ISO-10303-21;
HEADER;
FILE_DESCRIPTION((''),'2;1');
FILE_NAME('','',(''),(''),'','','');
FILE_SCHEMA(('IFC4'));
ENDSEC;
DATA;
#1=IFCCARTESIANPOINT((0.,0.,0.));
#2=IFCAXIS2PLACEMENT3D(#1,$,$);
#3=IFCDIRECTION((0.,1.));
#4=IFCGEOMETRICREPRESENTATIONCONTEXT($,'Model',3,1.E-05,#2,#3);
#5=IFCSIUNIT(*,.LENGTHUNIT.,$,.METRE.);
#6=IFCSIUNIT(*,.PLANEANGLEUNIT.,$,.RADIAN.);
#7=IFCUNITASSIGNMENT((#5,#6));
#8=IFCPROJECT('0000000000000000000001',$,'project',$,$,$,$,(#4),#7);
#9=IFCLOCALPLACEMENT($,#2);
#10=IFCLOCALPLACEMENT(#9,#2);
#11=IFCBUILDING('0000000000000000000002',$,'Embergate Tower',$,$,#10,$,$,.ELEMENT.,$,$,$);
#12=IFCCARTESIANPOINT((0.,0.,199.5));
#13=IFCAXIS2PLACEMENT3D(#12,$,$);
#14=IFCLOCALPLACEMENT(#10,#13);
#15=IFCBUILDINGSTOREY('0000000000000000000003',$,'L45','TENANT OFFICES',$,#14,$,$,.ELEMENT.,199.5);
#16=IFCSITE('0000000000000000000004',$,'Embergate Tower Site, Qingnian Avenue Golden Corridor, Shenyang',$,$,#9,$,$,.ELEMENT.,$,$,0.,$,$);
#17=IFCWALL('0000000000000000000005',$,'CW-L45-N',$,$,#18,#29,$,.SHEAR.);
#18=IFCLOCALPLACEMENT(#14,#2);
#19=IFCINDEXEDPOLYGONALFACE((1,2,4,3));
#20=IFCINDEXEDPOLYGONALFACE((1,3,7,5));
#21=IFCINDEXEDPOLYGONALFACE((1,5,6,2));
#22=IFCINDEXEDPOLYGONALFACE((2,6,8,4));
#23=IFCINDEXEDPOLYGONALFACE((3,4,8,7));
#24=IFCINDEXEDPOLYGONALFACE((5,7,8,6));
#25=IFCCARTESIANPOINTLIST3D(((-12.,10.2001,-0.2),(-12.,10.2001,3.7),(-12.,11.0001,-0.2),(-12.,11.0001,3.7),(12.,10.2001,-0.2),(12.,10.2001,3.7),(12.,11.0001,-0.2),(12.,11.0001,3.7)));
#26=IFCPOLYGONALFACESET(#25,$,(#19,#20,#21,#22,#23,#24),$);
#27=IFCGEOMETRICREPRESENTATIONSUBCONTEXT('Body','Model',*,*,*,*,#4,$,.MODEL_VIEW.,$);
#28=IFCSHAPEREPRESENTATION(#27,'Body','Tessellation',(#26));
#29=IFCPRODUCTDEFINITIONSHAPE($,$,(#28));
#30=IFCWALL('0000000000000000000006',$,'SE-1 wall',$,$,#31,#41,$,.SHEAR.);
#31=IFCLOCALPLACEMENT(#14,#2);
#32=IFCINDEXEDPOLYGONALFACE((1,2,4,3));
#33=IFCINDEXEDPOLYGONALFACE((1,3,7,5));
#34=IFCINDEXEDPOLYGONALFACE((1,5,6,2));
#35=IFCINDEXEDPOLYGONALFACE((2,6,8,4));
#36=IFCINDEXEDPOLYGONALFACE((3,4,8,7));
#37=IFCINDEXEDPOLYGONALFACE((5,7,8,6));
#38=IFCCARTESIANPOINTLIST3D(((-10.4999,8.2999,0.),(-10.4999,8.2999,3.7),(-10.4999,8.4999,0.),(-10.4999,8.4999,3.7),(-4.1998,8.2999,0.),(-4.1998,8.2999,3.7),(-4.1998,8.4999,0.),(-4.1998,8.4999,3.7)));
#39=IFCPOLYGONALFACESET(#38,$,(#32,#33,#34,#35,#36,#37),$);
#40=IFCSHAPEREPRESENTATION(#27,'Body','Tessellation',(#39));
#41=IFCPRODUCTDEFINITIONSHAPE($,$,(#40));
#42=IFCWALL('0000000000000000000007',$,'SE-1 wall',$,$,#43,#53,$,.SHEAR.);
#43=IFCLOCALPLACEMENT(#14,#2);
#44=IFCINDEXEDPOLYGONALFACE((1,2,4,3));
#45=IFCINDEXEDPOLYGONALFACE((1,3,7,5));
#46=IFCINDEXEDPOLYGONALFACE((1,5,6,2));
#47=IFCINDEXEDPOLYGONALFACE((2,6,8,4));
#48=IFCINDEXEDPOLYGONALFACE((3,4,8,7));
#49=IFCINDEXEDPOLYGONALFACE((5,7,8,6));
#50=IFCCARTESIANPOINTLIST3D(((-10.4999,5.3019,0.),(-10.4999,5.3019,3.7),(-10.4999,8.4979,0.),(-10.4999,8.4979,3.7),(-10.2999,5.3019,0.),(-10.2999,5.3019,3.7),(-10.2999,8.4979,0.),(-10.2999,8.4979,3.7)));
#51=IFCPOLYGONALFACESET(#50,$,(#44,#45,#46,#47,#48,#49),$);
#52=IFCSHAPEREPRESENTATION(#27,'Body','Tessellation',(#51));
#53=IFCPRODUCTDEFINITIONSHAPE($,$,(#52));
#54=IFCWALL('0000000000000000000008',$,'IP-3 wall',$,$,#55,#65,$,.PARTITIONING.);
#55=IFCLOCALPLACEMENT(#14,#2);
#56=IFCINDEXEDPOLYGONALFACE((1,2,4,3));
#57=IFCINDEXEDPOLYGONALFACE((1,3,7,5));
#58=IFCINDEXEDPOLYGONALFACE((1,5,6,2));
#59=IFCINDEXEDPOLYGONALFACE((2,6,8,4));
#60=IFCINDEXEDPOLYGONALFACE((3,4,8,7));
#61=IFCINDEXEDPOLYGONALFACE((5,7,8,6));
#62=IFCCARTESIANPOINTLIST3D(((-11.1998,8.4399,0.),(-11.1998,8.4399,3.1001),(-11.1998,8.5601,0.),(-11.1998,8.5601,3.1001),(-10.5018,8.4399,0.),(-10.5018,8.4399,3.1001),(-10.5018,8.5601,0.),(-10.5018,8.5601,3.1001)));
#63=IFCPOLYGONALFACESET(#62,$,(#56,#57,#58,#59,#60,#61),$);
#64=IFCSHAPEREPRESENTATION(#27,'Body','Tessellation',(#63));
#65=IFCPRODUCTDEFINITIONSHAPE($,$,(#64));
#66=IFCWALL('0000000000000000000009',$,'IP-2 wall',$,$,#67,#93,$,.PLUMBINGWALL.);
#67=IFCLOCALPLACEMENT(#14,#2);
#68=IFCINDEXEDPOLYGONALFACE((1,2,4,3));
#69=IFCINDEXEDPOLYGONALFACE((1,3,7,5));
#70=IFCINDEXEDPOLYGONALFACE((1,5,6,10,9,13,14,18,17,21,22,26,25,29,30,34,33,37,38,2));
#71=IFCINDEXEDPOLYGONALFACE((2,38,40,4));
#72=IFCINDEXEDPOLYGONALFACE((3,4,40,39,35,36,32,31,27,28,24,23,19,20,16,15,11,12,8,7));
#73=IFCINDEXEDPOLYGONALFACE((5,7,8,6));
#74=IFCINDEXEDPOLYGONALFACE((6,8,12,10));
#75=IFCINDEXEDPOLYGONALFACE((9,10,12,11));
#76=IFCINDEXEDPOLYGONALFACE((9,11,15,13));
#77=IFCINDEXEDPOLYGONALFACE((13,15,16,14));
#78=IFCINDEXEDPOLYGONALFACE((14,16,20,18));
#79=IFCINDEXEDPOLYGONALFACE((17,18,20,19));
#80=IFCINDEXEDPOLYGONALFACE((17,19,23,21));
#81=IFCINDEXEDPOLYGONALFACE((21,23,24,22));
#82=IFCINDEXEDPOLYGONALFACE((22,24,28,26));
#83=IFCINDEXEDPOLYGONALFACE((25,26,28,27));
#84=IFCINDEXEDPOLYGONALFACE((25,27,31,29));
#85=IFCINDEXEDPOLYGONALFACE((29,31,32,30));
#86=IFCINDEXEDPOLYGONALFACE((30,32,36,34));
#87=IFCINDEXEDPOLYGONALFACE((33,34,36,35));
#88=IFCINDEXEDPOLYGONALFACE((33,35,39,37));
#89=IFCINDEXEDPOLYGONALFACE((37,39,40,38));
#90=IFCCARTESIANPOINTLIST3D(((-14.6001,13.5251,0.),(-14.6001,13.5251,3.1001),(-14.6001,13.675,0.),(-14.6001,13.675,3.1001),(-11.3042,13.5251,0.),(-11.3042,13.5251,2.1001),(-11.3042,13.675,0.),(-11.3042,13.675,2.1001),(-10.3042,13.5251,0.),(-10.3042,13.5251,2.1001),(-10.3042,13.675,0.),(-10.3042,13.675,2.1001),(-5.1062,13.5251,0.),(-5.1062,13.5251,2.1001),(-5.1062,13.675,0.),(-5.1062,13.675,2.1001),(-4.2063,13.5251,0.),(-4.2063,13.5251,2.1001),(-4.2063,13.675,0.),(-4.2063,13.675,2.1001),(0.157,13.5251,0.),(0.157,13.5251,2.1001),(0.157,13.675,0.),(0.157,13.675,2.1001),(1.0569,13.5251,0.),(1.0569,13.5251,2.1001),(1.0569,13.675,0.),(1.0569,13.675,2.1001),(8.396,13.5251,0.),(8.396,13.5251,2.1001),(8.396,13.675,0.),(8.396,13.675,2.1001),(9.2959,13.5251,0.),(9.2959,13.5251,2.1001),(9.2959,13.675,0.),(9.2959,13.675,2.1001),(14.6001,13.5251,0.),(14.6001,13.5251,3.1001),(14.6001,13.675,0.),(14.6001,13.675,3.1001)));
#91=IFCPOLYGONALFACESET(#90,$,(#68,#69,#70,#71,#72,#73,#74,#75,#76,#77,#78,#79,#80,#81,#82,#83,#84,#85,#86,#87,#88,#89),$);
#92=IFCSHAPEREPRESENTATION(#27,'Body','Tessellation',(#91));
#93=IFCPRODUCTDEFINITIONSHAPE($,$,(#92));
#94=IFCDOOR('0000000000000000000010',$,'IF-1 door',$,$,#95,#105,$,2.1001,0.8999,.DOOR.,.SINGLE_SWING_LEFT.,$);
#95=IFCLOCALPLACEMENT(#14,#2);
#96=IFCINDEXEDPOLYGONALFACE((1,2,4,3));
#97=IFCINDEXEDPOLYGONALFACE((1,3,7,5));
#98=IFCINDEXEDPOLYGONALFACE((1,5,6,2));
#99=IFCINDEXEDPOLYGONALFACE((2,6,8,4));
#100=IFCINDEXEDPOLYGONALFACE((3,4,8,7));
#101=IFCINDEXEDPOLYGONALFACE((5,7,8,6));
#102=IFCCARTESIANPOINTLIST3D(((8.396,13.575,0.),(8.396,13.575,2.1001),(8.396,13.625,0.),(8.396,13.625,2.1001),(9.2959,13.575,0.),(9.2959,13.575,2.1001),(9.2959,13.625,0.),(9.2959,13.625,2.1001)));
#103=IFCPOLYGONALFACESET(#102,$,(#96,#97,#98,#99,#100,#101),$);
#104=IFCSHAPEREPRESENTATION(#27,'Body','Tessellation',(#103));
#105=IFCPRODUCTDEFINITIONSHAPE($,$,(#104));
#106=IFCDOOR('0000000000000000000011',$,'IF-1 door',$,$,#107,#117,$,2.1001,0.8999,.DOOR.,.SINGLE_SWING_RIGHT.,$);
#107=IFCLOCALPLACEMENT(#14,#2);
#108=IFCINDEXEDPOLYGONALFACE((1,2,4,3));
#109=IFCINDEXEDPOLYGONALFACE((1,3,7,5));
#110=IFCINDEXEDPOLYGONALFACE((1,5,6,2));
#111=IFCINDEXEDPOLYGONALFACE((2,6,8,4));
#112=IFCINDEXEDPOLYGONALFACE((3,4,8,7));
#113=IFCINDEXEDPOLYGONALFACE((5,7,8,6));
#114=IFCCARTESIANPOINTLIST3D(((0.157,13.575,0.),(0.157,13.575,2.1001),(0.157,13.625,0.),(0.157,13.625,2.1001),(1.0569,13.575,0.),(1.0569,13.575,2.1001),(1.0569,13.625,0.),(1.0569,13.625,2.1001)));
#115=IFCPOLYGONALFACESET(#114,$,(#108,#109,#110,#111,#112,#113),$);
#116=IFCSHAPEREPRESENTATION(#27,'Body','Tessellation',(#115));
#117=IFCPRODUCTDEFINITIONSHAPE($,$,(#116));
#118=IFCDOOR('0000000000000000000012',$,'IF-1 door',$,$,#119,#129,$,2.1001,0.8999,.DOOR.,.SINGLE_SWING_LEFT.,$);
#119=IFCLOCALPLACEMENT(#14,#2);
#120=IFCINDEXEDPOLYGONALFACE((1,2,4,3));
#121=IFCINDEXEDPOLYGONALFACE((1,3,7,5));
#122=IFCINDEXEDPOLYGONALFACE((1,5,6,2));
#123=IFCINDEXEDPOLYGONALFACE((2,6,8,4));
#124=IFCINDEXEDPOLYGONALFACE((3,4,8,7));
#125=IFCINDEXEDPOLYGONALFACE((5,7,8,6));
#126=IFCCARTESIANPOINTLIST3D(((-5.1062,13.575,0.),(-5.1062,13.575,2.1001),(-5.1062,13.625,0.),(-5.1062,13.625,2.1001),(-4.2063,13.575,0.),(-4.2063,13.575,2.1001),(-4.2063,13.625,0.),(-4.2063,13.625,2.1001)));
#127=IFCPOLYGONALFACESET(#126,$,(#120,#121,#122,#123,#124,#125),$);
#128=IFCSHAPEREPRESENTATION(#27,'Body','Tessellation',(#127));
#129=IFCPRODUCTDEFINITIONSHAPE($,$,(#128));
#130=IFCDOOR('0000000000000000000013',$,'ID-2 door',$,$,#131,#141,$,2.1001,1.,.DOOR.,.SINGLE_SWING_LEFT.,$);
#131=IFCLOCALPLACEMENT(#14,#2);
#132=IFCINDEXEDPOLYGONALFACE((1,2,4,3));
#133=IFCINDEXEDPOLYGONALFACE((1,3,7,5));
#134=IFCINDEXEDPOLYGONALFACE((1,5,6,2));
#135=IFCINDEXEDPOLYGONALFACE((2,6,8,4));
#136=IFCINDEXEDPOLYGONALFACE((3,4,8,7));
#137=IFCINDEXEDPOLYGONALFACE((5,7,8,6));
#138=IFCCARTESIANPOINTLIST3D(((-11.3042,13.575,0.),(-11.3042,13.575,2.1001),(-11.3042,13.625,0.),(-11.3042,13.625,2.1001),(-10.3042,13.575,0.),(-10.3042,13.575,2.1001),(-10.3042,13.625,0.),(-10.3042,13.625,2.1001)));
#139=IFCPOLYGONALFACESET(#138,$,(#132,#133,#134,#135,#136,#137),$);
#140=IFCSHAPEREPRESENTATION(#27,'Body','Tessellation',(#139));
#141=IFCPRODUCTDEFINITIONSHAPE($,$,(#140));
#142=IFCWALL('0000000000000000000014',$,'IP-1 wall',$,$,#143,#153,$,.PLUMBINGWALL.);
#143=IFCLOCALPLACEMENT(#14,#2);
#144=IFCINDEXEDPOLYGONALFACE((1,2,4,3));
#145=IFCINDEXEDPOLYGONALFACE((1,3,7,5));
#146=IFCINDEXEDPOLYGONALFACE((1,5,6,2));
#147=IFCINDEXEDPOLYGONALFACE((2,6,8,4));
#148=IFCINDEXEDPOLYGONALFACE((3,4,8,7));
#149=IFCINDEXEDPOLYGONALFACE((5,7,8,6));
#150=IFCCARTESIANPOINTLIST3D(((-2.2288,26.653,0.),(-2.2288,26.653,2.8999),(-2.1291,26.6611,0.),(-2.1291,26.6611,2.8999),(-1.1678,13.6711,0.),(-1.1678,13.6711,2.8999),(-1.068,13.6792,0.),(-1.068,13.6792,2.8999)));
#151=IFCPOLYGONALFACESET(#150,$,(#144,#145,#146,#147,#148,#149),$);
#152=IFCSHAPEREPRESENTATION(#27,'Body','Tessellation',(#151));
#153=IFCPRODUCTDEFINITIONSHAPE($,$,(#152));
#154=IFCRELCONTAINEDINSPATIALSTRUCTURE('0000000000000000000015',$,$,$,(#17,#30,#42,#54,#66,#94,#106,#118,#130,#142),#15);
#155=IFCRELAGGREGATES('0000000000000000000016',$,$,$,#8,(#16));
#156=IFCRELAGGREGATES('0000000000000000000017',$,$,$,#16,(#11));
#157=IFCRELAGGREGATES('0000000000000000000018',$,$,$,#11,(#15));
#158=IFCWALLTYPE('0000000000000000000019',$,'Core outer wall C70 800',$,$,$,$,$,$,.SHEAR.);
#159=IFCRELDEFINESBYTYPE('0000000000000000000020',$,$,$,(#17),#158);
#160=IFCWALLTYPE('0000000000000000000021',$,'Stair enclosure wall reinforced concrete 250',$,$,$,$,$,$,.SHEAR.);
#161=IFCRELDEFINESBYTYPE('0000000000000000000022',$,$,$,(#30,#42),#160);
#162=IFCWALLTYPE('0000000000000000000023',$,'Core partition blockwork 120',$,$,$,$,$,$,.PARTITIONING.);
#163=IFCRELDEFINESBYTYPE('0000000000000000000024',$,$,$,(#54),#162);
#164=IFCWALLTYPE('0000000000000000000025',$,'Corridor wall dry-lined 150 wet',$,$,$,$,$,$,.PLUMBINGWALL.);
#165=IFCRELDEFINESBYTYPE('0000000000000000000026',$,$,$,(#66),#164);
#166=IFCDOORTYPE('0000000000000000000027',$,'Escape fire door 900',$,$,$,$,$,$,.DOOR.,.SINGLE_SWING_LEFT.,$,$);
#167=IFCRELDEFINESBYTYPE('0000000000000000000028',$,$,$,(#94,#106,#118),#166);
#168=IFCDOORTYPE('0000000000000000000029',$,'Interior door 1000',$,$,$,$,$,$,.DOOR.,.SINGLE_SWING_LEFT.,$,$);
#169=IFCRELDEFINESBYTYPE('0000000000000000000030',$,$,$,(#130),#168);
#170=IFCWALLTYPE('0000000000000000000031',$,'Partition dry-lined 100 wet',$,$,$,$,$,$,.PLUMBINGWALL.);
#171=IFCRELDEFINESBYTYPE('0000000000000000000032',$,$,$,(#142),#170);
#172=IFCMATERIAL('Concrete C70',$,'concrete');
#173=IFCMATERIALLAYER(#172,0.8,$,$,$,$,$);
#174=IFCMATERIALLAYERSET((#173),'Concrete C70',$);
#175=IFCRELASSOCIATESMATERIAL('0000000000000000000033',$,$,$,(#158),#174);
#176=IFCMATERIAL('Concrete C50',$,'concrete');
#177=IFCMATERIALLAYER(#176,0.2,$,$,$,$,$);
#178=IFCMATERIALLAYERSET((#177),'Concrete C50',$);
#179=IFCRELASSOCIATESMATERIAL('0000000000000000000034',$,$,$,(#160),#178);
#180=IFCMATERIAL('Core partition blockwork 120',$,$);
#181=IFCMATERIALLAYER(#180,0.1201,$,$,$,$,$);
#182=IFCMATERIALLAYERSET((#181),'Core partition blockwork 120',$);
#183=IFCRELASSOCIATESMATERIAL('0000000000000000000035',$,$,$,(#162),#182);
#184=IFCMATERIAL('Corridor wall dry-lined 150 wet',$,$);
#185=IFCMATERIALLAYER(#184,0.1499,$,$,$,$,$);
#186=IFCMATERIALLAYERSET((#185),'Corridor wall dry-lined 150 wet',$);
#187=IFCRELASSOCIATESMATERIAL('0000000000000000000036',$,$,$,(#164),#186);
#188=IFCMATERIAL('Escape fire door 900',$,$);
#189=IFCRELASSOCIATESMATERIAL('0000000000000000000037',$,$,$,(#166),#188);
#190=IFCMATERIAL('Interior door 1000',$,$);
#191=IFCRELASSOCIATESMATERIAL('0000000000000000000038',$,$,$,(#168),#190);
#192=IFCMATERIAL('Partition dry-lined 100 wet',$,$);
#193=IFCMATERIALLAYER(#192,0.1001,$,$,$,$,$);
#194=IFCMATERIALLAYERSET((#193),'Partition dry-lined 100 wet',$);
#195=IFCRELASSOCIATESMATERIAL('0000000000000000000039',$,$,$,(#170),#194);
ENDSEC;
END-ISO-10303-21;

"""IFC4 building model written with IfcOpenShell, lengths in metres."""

from ifc_helpers import new_model, si_unit, direction, frame, frame_2d, origin, place, context, subcontext, project, spatial, rectangle, extrude, source, transform, mapped, material, layer, layer_set, type_object, element, fill, save


model = new_model("IFC4")

# Units and contexts
model_context = context("Model", 3, precision=1e-05, world=origin(), true_north=direction((0.0, 1.0)))
body_context = subcontext(model_context, "Body", "Model", "MODEL_VIEW")
ifc_project = project(units=[si_unit("LENGTHUNIT", "METRE"), si_unit("PLANEANGLEUNIT", "RADIAN")], contexts=[model_context])

# Site, building, storey
site_placement = place(None, origin())
site = spatial("IfcSite", under=ifc_project, at=site_placement, Name="Embergate Tower Site, Qingnian Avenue Golden Corridor, Shenyang", CompositionType="ELEMENT", RefElevation=0.0)
building_placement = place(site_placement, origin())
building = spatial("IfcBuilding", under=site, at=building_placement, Name="Embergate Tower", CompositionType="ELEMENT")
storey_placement = place(building_placement, frame((0.0, 0.0, 199.5)))
storey = spatial("IfcBuildingStorey", under=building, at=storey_placement, Name="L45", Description="TENANT OFFICES", CompositionType="ELEMENT", Elevation=199.5)

# Walls
ifc_material_1 = material(Name="Concrete C70", Category="concrete")
ifc_layer_1 = layer(ifc_material_1, 0.8)
ifc_layer_set_1 = layer_set([ifc_layer_1], Name="Concrete C70")
wall_type_1 = type_object("IfcWallType", Name="Core outer wall C70 800", PredefinedType="SHEAR", material=ifc_layer_set_1)
shared_shape_1 = source(origin(), body_context, "Body", "SweptSolid", [
    extrude(rectangle(XDim=24.0, YDim=0.8, at=frame_2d((12.0, 0.0))), origin(), (0.0, 0.0, 1.0), 3.8999),
])
wall_1_placement = place(storey_placement, frame((-12.0, 10.6001, -0.2), z_axis=(0.0, 0.0, 1.0), x_axis=(1.0, 0.0, 0.0)))
element("IfcWall", 1, at=wall_1_placement, inside=storey, type_object=wall_type_1, Name="CW-L45-N", PredefinedType="SHEAR", context=body_context, shape_type="MappedRepresentation", body=[
    mapped(shared_shape_1, transform((0.0, 0.0, 0.0))),
])
ifc_material_2 = material(Name="Concrete C50", Category="concrete")
ifc_layer_2 = layer(ifc_material_2, 0.2)
ifc_layer_set_2 = layer_set([ifc_layer_2], Name="Concrete C50")
wall_type_2 = type_object("IfcWallType", Name="Stair enclosure wall reinforced concrete 250", PredefinedType="SHEAR", material=ifc_layer_set_2)
shared_shape_2 = source(origin(), body_context, "Body", "SweptSolid", [
    extrude(rectangle(XDim=6.3, YDim=0.2, at=frame_2d((3.1499, 0.0))), origin(), (0.0, 0.0, 1.0), 3.7),
])
wall_2_placement = place(storey_placement, frame((-4.2, 8.3999, 0.0), z_axis=(0.0, 0.0, 1.0), x_axis=(-1.0, 0.0, 0.0)))
element("IfcWall", 2, at=wall_2_placement, inside=storey, type_object=wall_type_2, Name="SE-1 wall", PredefinedType="SHEAR", context=body_context, shape_type="MappedRepresentation", body=[
    mapped(shared_shape_2, transform((0.0, 0.0, 0.0))),
])
shared_shape_3 = source(origin(), body_context, "Body", "SweptSolid", [
    extrude(rectangle(XDim=3.196, YDim=0.2, at=frame_2d((1.5981, 0.0))), origin(), (0.0, 0.0, 1.0), 3.7),
])
wall_3_placement = place(storey_placement, frame((-10.3999, 8.498, 0.0), z_axis=(0.0, 0.0, 1.0), x_axis=(0.0, -1.0, 0.0)))
element("IfcWall", 3, at=wall_3_placement, inside=storey, type_object=wall_type_2, Name="SE-1 wall", PredefinedType="SHEAR", context=body_context, shape_type="MappedRepresentation", body=[
    mapped(shared_shape_3, transform((0.0, 0.0, 0.0))),
])
ifc_material_3 = material(Name="Core partition blockwork 120")
ifc_layer_3 = layer(ifc_material_3, 0.1201)
ifc_layer_set_3 = layer_set([ifc_layer_3], Name="Core partition blockwork 120")
wall_type_3 = type_object("IfcWallType", Name="Core partition blockwork 120", PredefinedType="PARTITIONING", material=ifc_layer_set_3)
shared_shape_4 = source(origin(), body_context, "Body", "SweptSolid", [
    extrude(rectangle(XDim=0.698, YDim=0.1201, at=frame_2d((0.3491, 0.0))), origin(), (0.0, 0.0, 1.0), 3.1001),
])
wall_4_placement = place(storey_placement, frame((-11.2, 8.5, 0.0), z_axis=(0.0, 0.0, 1.0), x_axis=(1.0, 0.0, 0.0)))
element("IfcWall", 4, at=wall_4_placement, inside=storey, type_object=wall_type_3, Name="IP-3 wall", PredefinedType="PARTITIONING", context=body_context, shape_type="MappedRepresentation", body=[
    mapped(shared_shape_4, transform((0.0, 0.0, 0.0))),
])

# Wall, openings, doors
ifc_material_4 = material(Name="Corridor wall dry-lined 150 wet")
ifc_layer_4 = layer(ifc_material_4, 0.1499)
ifc_layer_set_4 = layer_set([ifc_layer_4], Name="Corridor wall dry-lined 150 wet")
wall_type_4 = type_object("IfcWallType", Name="Corridor wall dry-lined 150 wet", PredefinedType="PLUMBINGWALL", material=ifc_layer_set_4)
shared_shape_5 = source(origin(), body_context, "Body", "SweptSolid", [
    extrude(rectangle(XDim=29.2002, YDim=0.1499, at=frame_2d((14.6001, 0.0))), origin(), (0.0, 0.0, 1.0), 3.1001),
])
wall_5_placement = place(storey_placement, frame((-14.6001, 13.6001, 0.0), z_axis=(0.0, 0.0, 1.0), x_axis=(1.0, 0.0, 0.0)))
wall_5 = element("IfcWall", 5, at=wall_5_placement, inside=storey, type_object=wall_type_4, Name="IP-2 wall", PredefinedType="PLUMBINGWALL", context=body_context, shape_type="MappedRepresentation", body=[
    mapped(shared_shape_5, transform((0.0, 0.0, 0.0))),
])
shared_shape_6 = source(origin(), body_context, "Body", "SweptSolid", [
    extrude(rectangle(XDim=0.8999, YDim=2.1001, at=frame_2d((0.45, 1.05))), frame((0.0, 0.085, 0.0), z_axis=(0.0, -1.0, 0.0), x_axis=(1.0, 0.0, 0.0)), (0.0, 0.0, 1.0), 0.1699),
])
opening_1_placement = place(wall_5_placement, frame((22.9961, 0.0, 0.0)))
opening_1 = element("IfcOpeningElement", 6, at=opening_1_placement, cuts=wall_5, PredefinedType="OPENING", context=body_context, shape_type="MappedRepresentation", body=[
    mapped(shared_shape_6, transform((0.0, 0.0, 0.0))),
])
opening_2_placement = place(wall_5_placement, frame((14.7571, 0.0, 0.0)))
opening_2 = element("IfcOpeningElement", 7, at=opening_2_placement, cuts=wall_5, PredefinedType="OPENING", context=body_context, shape_type="MappedRepresentation", body=[
    mapped(shared_shape_6, transform((0.0, 0.0, 0.0))),
])
opening_3_placement = place(wall_5_placement, frame((9.4939, 0.0, 0.0)))
opening_3 = element("IfcOpeningElement", 8, at=opening_3_placement, cuts=wall_5, PredefinedType="OPENING", context=body_context, shape_type="MappedRepresentation", body=[
    mapped(shared_shape_6, transform((0.0, 0.0, 0.0))),
])
shared_shape_7 = source(origin(), body_context, "Body", "SweptSolid", [
    extrude(rectangle(XDim=1.0, YDim=2.1001, at=frame_2d((0.5, 1.05))), frame((0.0, 0.085, 0.0), z_axis=(0.0, -1.0, 0.0), x_axis=(1.0, 0.0, 0.0)), (0.0, 0.0, 1.0), 0.1699),
])
opening_4_placement = place(wall_5_placement, frame((3.2959, 0.0, 0.0)))
opening_4 = element("IfcOpeningElement", 9, at=opening_4_placement, cuts=wall_5, PredefinedType="OPENING", context=body_context, shape_type="MappedRepresentation", body=[
    mapped(shared_shape_7, transform((0.0, 0.0, 0.0))),
])
ifc_material_5 = material(Name="Escape fire door 900")
door_type_1 = type_object("IfcDoorType", Name="Escape fire door 900", OperationType="SINGLE_SWING_LEFT", PredefinedType="DOOR", material=ifc_material_5)
shared_shape_8 = source(origin(), body_context, "Body", "SweptSolid", [
    extrude(rectangle(XDim=0.8999, YDim=2.1001, at=frame_2d((0.45, 1.05))), frame((0.0, 0.0249, 0.0), z_axis=(0.0, -1.0, 0.0), x_axis=(1.0, 0.0, 0.0)), (0.0, 0.0, 1.0), 0.05),
])
door_1_placement = place(opening_1_placement, origin())
door_1 = element("IfcDoor", 10, at=door_1_placement, inside=storey, type_object=door_type_1, Name="IF-1 door", OperationType="SINGLE_SWING_LEFT", OverallHeight=2.1001, OverallWidth=0.8999, PredefinedType="DOOR", context=body_context, shape_type="MappedRepresentation", body=[
    mapped(shared_shape_8, transform((0.0, 0.0, 0.0))),
])
fill(opening_1, door_1)
door_2_placement = place(opening_2_placement, origin())
door_2 = element("IfcDoor", 11, at=door_2_placement, inside=storey, type_object=door_type_1, Name="IF-1 door", OperationType="SINGLE_SWING_RIGHT", OverallHeight=2.1001, OverallWidth=0.8999, PredefinedType="DOOR", context=body_context, shape_type="MappedRepresentation", body=[
    mapped(shared_shape_8, transform((0.0, 0.0, 0.0))),
])
fill(opening_2, door_2)
door_3_placement = place(opening_3_placement, origin())
door_3 = element("IfcDoor", 12, at=door_3_placement, inside=storey, type_object=door_type_1, Name="IF-1 door", OperationType="SINGLE_SWING_LEFT", OverallHeight=2.1001, OverallWidth=0.8999, PredefinedType="DOOR", context=body_context, shape_type="MappedRepresentation", body=[
    mapped(shared_shape_8, transform((0.0, 0.0, 0.0))),
])
fill(opening_3, door_3)
ifc_material_6 = material(Name="Interior door 1000")
door_type_2 = type_object("IfcDoorType", Name="Interior door 1000", OperationType="SINGLE_SWING_LEFT", PredefinedType="DOOR", material=ifc_material_6)
shared_shape_9 = source(origin(), body_context, "Body", "SweptSolid", [
    extrude(rectangle(XDim=1.0, YDim=2.1001, at=frame_2d((0.5, 1.05))), frame((0.0, 0.0249, 0.0), z_axis=(0.0, -1.0, 0.0), x_axis=(1.0, 0.0, 0.0)), (0.0, 0.0, 1.0), 0.05),
])
door_4_placement = place(opening_4_placement, origin())
door_4 = element("IfcDoor", 13, at=door_4_placement, inside=storey, type_object=door_type_2, Name="ID-2 door", OperationType="SINGLE_SWING_LEFT", OverallHeight=2.1001, OverallWidth=1.0, PredefinedType="DOOR", context=body_context, shape_type="MappedRepresentation", body=[
    mapped(shared_shape_9, transform((0.0, 0.0, 0.0))),
])
fill(opening_4, door_4)

# Wall
ifc_material_7 = material(Name="Partition dry-lined 100 wet")
ifc_layer_5 = layer(ifc_material_7, 0.1001)
ifc_layer_set_5 = layer_set([ifc_layer_5], Name="Partition dry-lined 100 wet")
wall_type_5 = type_object("IfcWallType", Name="Partition dry-lined 100 wet", PredefinedType="PLUMBINGWALL", material=ifc_layer_set_5)
shared_shape_10 = source(origin(), body_context, "Body", "SweptSolid", [
    extrude(rectangle(XDim=13.0251, YDim=0.1001, at=frame_2d((6.5127, 0.0))), origin(), (0.0, 0.0, 1.0), 2.8999),
])
wall_6_placement = place(storey_placement, frame((-1.1179, 13.675, 0.0), z_axis=(0.0, 0.0, 1.0), x_axis=(-0.08146, 0.996677, 0.0)))
element("IfcWall", 14, at=wall_6_placement, inside=storey, type_object=wall_type_5, Name="IP-1 wall", PredefinedType="PLUMBINGWALL", context=body_context, shape_type="MappedRepresentation", body=[
    mapped(shared_shape_10, transform((0.0, 0.0, 0.0))),
])

save(model, "model.ifc")
